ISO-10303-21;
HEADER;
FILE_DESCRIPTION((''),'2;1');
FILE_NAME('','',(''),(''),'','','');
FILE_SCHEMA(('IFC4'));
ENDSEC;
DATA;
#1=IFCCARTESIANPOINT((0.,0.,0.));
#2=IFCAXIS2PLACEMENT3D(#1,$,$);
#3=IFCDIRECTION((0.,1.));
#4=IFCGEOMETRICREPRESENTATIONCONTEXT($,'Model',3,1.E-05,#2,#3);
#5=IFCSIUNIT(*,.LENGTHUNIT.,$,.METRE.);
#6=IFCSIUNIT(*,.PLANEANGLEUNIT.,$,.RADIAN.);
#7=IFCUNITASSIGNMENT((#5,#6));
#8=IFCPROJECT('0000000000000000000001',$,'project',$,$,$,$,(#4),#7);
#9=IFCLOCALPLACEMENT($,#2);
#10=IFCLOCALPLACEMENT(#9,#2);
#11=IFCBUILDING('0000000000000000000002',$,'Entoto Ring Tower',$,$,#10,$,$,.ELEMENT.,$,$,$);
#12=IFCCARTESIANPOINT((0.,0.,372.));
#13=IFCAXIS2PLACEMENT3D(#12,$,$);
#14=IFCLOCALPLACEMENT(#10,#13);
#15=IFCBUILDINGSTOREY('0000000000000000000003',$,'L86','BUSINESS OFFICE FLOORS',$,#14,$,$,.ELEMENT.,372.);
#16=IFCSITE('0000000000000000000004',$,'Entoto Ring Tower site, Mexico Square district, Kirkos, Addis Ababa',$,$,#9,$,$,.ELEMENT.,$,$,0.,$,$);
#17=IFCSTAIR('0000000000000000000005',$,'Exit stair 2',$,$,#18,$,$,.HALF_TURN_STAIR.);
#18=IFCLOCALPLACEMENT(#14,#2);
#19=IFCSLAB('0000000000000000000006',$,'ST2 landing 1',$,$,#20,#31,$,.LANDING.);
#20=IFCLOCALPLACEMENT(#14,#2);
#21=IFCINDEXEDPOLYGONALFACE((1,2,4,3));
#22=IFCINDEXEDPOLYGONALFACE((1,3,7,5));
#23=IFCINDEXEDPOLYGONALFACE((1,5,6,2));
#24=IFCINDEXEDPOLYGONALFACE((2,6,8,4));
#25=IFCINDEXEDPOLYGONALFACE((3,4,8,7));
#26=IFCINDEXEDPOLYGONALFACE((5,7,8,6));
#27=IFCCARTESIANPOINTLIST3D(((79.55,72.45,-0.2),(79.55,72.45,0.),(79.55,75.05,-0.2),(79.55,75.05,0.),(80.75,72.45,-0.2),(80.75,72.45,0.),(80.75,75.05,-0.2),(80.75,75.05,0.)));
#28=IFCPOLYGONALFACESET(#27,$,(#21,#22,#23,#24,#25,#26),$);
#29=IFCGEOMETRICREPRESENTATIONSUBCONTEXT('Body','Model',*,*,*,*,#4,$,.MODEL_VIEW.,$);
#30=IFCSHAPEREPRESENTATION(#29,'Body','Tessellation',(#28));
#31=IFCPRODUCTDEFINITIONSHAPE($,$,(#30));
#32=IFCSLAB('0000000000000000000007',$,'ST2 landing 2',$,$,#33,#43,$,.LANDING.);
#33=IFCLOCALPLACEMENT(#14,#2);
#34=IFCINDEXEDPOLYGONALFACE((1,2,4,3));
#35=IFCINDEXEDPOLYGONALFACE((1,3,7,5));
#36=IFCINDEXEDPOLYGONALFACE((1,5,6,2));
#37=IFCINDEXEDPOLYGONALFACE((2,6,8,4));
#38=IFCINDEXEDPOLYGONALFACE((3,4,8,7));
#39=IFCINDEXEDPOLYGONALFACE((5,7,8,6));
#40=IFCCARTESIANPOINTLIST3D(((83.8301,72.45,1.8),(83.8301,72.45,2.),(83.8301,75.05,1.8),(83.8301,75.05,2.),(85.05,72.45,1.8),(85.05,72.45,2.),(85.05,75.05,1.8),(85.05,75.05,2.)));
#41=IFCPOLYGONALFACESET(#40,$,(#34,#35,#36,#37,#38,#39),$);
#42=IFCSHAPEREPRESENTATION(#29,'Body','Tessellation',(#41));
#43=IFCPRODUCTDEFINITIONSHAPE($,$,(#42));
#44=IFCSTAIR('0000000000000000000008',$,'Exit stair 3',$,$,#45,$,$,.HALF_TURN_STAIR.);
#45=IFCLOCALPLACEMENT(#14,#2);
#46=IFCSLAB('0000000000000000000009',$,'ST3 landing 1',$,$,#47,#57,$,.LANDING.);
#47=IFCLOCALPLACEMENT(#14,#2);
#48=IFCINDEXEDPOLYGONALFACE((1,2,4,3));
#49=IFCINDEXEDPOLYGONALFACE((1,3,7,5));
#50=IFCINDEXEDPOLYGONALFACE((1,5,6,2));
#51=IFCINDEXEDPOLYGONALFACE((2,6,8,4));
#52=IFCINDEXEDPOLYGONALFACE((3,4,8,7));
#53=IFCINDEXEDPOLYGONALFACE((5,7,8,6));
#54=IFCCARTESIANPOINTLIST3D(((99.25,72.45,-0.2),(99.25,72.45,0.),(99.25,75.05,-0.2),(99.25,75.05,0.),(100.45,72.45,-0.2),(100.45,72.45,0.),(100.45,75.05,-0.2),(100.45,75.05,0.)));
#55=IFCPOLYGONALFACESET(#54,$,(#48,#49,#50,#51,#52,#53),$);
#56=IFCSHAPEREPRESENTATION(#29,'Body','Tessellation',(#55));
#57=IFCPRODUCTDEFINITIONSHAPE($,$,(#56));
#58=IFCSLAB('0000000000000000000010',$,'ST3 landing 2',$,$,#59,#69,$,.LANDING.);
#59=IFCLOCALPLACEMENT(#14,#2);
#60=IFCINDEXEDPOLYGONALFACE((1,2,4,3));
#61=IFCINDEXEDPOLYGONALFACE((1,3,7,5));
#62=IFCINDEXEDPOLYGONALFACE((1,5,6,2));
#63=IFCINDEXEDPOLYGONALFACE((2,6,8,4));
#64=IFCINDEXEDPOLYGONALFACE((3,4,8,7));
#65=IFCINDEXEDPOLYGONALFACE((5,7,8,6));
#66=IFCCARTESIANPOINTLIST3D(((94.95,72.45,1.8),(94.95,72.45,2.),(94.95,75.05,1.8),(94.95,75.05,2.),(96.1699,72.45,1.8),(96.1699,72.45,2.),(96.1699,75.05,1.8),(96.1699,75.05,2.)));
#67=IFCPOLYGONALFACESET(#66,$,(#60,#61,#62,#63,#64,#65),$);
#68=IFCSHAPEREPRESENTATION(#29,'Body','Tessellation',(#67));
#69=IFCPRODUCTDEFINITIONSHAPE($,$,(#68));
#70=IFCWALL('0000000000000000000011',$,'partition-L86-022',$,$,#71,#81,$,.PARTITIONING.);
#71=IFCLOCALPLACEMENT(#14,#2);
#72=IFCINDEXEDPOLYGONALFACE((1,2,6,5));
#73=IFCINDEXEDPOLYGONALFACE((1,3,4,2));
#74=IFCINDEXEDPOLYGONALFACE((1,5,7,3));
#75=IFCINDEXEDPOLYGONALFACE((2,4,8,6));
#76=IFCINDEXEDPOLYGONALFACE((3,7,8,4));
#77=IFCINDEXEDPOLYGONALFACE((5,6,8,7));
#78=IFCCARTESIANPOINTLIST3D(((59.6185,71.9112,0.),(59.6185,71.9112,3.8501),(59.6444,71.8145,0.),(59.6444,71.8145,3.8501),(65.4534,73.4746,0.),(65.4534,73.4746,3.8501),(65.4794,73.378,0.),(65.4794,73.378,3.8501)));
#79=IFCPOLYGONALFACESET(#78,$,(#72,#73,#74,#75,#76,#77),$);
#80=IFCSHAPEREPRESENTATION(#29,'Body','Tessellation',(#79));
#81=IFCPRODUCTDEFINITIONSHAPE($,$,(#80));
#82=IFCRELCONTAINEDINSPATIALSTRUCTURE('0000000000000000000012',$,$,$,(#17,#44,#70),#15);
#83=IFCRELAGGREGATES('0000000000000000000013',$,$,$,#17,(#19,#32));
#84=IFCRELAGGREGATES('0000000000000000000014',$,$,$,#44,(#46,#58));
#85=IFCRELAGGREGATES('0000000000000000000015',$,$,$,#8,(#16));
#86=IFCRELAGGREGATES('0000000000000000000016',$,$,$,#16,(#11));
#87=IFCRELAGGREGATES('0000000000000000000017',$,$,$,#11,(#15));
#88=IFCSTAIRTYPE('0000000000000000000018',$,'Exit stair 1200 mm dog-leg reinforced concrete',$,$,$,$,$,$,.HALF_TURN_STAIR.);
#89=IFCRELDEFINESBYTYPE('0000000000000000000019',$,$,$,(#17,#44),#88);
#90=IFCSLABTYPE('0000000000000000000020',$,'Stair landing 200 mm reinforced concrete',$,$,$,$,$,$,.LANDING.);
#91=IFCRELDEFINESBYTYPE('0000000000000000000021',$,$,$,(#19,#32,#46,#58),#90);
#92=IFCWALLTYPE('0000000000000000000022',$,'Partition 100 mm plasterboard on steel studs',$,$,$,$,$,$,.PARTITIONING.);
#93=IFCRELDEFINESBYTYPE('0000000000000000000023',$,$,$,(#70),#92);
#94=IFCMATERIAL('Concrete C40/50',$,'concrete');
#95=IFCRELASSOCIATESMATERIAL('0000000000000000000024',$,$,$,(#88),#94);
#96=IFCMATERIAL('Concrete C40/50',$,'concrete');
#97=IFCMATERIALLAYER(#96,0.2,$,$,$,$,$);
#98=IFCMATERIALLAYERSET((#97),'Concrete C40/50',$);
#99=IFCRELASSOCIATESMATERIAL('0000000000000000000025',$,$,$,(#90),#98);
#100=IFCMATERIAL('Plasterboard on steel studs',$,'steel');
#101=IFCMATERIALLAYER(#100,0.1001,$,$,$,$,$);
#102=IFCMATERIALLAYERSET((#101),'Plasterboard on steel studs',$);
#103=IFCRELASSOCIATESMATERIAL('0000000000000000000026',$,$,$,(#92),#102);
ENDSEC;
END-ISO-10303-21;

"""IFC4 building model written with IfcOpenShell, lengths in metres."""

from ifc_helpers import new_model, si_unit, direction, frame, frame_2d, origin, place, context, subcontext, project, spatial, polyline, rectangle, outline, extrude, material, layer, layer_set, type_object, element, aggregate, save


model = new_model("IFC4")

# Units and contexts
model_context = context("Model", 3, precision=1e-05, world=origin(), true_north=direction((0.0, 1.0)))
body_context = subcontext(model_context, "Body", "Model", "MODEL_VIEW")
ifc_project = project(units=[si_unit("LENGTHUNIT", "METRE"), si_unit("PLANEANGLEUNIT", "RADIAN")], contexts=[model_context])

# Site, building, storey
site_placement = place(None, origin())
site = spatial("IfcSite", under=ifc_project, at=site_placement, Name="Entoto Ring Tower site, Mexico Square district, Kirkos, Addis Ababa", CompositionType="ELEMENT", RefElevation=0.0)
building_placement = place(site_placement, origin())
building = spatial("IfcBuilding", under=site, at=building_placement, Name="Entoto Ring Tower", CompositionType="ELEMENT")
storey_placement = place(building_placement, frame((0.0, 0.0, 372.0)))
storey = spatial("IfcBuildingStorey", under=building, at=storey_placement, Name="L86", Description="BUSINESS OFFICE FLOORS", CompositionType="ELEMENT", Elevation=372.0)

# Shared definitions
ifc_material_1 = material(Name="Concrete C40/50", Category="concrete")
stair_type = type_object("IfcStairType", Name="Exit stair 1200 mm dog-leg reinforced concrete", PredefinedType="HALF_TURN_STAIR", material=ifc_material_1)
ifc_material_2 = material(Name="Concrete C40/50", Category="concrete")
ifc_layer_1 = layer(ifc_material_2, 0.2)
ifc_layer_set_1 = layer_set([ifc_layer_1], Name="Concrete C40/50")
slab_type_1 = type_object("IfcSlabType", Name="Stair landing 200 mm reinforced concrete", PredefinedType="LANDING", material=ifc_layer_set_1)

# Stairs, slabs
stair_1_placement = place(storey_placement, origin())
stair_1 = element("IfcStair", 1, at=stair_1_placement, inside=storey, type_object=stair_type, Name="Exit stair 2", PredefinedType="HALF_TURN_STAIR")
slab_1_placement = place(storey_placement, frame((0.0, 0.0, -0.2)))
slab_1 = element("IfcSlab", 2, at=slab_1_placement, type_object=slab_type_1, Name="ST2 landing 1", PredefinedType="LANDING", context=body_context, shape_type="SweptSolid", body=[
    extrude(outline(polyline([(80.75, 72.45), (80.75, 75.05), (79.55, 75.05), (79.55, 72.45), (80.75, 72.45)])), origin(), (0.0, 0.0, 1.0), 0.2),
])
slab_2_placement = place(storey_placement, frame((0.0, 0.0, 1.8)))
slab_2 = element("IfcSlab", 3, at=slab_2_placement, type_object=slab_type_1, Name="ST2 landing 2", PredefinedType="LANDING", context=body_context, shape_type="SweptSolid", body=[
    extrude(outline(polyline([(83.8301, 72.45), (85.05, 72.45), (85.05, 75.05), (83.8301, 75.05), (83.8301, 72.45)])), origin(), (0.0, 0.0, 1.0), 0.2),
])
aggregate(stair_1, [slab_1, slab_2])
stair_2_placement = place(storey_placement, origin())
stair_2 = element("IfcStair", 4, at=stair_2_placement, inside=storey, type_object=stair_type, Name="Exit stair 3", PredefinedType="HALF_TURN_STAIR")
slab_3_placement = place(storey_placement, frame((0.0, 0.0, -0.2)))
slab_3 = element("IfcSlab", 5, at=slab_3_placement, type_object=slab_type_1, Name="ST3 landing 1", PredefinedType="LANDING", context=body_context, shape_type="SweptSolid", body=[
    extrude(outline(polyline([(100.45, 72.45), (100.45, 75.05), (99.25, 75.05), (99.25, 72.45), (100.45, 72.45)])), origin(), (0.0, 0.0, 1.0), 0.2),
])
slab_4_placement = place(storey_placement, frame((0.0, 0.0, 1.8)))
slab_4 = element("IfcSlab", 6, at=slab_4_placement, type_object=slab_type_1, Name="ST3 landing 2", PredefinedType="LANDING", context=body_context, shape_type="SweptSolid", body=[
    extrude(outline(polyline([(94.95, 72.45), (96.1699, 72.45), (96.1699, 75.05), (94.95, 75.05), (94.95, 72.45)])), origin(), (0.0, 0.0, 1.0), 0.2),
])
aggregate(stair_2, [slab_3, slab_4])

# Wall
ifc_material_3 = material(Name="Plasterboard on steel studs", Category="steel")
ifc_layer_2 = layer(ifc_material_3, 0.1001)
ifc_layer_set_2 = layer_set([ifc_layer_2], Name="Plasterboard on steel studs")
wall_type = type_object("IfcWallType", Name="Partition 100 mm plasterboard on steel studs", PredefinedType="PARTITIONING", material=ifc_layer_set_2)
wall_placement = place(storey_placement, frame((59.6313, 71.8628, 0.0), z_axis=(0.0, 0.0, 1.0), x_axis=(0.965926, 0.25882, 0.0)))
element("IfcWall", 7, at=wall_placement, inside=storey, type_object=wall_type, Name="partition-L86-022", PredefinedType="PARTITIONING", context=body_context, shape_type="SweptSolid", body=[
    extrude(rectangle(XDim=6.0408, YDim=0.1001, at=frame_2d((3.0205, 0.0))), origin(), (0.0, 0.0, 1.0), 3.8501),
])

save(model, "model.ifc")
